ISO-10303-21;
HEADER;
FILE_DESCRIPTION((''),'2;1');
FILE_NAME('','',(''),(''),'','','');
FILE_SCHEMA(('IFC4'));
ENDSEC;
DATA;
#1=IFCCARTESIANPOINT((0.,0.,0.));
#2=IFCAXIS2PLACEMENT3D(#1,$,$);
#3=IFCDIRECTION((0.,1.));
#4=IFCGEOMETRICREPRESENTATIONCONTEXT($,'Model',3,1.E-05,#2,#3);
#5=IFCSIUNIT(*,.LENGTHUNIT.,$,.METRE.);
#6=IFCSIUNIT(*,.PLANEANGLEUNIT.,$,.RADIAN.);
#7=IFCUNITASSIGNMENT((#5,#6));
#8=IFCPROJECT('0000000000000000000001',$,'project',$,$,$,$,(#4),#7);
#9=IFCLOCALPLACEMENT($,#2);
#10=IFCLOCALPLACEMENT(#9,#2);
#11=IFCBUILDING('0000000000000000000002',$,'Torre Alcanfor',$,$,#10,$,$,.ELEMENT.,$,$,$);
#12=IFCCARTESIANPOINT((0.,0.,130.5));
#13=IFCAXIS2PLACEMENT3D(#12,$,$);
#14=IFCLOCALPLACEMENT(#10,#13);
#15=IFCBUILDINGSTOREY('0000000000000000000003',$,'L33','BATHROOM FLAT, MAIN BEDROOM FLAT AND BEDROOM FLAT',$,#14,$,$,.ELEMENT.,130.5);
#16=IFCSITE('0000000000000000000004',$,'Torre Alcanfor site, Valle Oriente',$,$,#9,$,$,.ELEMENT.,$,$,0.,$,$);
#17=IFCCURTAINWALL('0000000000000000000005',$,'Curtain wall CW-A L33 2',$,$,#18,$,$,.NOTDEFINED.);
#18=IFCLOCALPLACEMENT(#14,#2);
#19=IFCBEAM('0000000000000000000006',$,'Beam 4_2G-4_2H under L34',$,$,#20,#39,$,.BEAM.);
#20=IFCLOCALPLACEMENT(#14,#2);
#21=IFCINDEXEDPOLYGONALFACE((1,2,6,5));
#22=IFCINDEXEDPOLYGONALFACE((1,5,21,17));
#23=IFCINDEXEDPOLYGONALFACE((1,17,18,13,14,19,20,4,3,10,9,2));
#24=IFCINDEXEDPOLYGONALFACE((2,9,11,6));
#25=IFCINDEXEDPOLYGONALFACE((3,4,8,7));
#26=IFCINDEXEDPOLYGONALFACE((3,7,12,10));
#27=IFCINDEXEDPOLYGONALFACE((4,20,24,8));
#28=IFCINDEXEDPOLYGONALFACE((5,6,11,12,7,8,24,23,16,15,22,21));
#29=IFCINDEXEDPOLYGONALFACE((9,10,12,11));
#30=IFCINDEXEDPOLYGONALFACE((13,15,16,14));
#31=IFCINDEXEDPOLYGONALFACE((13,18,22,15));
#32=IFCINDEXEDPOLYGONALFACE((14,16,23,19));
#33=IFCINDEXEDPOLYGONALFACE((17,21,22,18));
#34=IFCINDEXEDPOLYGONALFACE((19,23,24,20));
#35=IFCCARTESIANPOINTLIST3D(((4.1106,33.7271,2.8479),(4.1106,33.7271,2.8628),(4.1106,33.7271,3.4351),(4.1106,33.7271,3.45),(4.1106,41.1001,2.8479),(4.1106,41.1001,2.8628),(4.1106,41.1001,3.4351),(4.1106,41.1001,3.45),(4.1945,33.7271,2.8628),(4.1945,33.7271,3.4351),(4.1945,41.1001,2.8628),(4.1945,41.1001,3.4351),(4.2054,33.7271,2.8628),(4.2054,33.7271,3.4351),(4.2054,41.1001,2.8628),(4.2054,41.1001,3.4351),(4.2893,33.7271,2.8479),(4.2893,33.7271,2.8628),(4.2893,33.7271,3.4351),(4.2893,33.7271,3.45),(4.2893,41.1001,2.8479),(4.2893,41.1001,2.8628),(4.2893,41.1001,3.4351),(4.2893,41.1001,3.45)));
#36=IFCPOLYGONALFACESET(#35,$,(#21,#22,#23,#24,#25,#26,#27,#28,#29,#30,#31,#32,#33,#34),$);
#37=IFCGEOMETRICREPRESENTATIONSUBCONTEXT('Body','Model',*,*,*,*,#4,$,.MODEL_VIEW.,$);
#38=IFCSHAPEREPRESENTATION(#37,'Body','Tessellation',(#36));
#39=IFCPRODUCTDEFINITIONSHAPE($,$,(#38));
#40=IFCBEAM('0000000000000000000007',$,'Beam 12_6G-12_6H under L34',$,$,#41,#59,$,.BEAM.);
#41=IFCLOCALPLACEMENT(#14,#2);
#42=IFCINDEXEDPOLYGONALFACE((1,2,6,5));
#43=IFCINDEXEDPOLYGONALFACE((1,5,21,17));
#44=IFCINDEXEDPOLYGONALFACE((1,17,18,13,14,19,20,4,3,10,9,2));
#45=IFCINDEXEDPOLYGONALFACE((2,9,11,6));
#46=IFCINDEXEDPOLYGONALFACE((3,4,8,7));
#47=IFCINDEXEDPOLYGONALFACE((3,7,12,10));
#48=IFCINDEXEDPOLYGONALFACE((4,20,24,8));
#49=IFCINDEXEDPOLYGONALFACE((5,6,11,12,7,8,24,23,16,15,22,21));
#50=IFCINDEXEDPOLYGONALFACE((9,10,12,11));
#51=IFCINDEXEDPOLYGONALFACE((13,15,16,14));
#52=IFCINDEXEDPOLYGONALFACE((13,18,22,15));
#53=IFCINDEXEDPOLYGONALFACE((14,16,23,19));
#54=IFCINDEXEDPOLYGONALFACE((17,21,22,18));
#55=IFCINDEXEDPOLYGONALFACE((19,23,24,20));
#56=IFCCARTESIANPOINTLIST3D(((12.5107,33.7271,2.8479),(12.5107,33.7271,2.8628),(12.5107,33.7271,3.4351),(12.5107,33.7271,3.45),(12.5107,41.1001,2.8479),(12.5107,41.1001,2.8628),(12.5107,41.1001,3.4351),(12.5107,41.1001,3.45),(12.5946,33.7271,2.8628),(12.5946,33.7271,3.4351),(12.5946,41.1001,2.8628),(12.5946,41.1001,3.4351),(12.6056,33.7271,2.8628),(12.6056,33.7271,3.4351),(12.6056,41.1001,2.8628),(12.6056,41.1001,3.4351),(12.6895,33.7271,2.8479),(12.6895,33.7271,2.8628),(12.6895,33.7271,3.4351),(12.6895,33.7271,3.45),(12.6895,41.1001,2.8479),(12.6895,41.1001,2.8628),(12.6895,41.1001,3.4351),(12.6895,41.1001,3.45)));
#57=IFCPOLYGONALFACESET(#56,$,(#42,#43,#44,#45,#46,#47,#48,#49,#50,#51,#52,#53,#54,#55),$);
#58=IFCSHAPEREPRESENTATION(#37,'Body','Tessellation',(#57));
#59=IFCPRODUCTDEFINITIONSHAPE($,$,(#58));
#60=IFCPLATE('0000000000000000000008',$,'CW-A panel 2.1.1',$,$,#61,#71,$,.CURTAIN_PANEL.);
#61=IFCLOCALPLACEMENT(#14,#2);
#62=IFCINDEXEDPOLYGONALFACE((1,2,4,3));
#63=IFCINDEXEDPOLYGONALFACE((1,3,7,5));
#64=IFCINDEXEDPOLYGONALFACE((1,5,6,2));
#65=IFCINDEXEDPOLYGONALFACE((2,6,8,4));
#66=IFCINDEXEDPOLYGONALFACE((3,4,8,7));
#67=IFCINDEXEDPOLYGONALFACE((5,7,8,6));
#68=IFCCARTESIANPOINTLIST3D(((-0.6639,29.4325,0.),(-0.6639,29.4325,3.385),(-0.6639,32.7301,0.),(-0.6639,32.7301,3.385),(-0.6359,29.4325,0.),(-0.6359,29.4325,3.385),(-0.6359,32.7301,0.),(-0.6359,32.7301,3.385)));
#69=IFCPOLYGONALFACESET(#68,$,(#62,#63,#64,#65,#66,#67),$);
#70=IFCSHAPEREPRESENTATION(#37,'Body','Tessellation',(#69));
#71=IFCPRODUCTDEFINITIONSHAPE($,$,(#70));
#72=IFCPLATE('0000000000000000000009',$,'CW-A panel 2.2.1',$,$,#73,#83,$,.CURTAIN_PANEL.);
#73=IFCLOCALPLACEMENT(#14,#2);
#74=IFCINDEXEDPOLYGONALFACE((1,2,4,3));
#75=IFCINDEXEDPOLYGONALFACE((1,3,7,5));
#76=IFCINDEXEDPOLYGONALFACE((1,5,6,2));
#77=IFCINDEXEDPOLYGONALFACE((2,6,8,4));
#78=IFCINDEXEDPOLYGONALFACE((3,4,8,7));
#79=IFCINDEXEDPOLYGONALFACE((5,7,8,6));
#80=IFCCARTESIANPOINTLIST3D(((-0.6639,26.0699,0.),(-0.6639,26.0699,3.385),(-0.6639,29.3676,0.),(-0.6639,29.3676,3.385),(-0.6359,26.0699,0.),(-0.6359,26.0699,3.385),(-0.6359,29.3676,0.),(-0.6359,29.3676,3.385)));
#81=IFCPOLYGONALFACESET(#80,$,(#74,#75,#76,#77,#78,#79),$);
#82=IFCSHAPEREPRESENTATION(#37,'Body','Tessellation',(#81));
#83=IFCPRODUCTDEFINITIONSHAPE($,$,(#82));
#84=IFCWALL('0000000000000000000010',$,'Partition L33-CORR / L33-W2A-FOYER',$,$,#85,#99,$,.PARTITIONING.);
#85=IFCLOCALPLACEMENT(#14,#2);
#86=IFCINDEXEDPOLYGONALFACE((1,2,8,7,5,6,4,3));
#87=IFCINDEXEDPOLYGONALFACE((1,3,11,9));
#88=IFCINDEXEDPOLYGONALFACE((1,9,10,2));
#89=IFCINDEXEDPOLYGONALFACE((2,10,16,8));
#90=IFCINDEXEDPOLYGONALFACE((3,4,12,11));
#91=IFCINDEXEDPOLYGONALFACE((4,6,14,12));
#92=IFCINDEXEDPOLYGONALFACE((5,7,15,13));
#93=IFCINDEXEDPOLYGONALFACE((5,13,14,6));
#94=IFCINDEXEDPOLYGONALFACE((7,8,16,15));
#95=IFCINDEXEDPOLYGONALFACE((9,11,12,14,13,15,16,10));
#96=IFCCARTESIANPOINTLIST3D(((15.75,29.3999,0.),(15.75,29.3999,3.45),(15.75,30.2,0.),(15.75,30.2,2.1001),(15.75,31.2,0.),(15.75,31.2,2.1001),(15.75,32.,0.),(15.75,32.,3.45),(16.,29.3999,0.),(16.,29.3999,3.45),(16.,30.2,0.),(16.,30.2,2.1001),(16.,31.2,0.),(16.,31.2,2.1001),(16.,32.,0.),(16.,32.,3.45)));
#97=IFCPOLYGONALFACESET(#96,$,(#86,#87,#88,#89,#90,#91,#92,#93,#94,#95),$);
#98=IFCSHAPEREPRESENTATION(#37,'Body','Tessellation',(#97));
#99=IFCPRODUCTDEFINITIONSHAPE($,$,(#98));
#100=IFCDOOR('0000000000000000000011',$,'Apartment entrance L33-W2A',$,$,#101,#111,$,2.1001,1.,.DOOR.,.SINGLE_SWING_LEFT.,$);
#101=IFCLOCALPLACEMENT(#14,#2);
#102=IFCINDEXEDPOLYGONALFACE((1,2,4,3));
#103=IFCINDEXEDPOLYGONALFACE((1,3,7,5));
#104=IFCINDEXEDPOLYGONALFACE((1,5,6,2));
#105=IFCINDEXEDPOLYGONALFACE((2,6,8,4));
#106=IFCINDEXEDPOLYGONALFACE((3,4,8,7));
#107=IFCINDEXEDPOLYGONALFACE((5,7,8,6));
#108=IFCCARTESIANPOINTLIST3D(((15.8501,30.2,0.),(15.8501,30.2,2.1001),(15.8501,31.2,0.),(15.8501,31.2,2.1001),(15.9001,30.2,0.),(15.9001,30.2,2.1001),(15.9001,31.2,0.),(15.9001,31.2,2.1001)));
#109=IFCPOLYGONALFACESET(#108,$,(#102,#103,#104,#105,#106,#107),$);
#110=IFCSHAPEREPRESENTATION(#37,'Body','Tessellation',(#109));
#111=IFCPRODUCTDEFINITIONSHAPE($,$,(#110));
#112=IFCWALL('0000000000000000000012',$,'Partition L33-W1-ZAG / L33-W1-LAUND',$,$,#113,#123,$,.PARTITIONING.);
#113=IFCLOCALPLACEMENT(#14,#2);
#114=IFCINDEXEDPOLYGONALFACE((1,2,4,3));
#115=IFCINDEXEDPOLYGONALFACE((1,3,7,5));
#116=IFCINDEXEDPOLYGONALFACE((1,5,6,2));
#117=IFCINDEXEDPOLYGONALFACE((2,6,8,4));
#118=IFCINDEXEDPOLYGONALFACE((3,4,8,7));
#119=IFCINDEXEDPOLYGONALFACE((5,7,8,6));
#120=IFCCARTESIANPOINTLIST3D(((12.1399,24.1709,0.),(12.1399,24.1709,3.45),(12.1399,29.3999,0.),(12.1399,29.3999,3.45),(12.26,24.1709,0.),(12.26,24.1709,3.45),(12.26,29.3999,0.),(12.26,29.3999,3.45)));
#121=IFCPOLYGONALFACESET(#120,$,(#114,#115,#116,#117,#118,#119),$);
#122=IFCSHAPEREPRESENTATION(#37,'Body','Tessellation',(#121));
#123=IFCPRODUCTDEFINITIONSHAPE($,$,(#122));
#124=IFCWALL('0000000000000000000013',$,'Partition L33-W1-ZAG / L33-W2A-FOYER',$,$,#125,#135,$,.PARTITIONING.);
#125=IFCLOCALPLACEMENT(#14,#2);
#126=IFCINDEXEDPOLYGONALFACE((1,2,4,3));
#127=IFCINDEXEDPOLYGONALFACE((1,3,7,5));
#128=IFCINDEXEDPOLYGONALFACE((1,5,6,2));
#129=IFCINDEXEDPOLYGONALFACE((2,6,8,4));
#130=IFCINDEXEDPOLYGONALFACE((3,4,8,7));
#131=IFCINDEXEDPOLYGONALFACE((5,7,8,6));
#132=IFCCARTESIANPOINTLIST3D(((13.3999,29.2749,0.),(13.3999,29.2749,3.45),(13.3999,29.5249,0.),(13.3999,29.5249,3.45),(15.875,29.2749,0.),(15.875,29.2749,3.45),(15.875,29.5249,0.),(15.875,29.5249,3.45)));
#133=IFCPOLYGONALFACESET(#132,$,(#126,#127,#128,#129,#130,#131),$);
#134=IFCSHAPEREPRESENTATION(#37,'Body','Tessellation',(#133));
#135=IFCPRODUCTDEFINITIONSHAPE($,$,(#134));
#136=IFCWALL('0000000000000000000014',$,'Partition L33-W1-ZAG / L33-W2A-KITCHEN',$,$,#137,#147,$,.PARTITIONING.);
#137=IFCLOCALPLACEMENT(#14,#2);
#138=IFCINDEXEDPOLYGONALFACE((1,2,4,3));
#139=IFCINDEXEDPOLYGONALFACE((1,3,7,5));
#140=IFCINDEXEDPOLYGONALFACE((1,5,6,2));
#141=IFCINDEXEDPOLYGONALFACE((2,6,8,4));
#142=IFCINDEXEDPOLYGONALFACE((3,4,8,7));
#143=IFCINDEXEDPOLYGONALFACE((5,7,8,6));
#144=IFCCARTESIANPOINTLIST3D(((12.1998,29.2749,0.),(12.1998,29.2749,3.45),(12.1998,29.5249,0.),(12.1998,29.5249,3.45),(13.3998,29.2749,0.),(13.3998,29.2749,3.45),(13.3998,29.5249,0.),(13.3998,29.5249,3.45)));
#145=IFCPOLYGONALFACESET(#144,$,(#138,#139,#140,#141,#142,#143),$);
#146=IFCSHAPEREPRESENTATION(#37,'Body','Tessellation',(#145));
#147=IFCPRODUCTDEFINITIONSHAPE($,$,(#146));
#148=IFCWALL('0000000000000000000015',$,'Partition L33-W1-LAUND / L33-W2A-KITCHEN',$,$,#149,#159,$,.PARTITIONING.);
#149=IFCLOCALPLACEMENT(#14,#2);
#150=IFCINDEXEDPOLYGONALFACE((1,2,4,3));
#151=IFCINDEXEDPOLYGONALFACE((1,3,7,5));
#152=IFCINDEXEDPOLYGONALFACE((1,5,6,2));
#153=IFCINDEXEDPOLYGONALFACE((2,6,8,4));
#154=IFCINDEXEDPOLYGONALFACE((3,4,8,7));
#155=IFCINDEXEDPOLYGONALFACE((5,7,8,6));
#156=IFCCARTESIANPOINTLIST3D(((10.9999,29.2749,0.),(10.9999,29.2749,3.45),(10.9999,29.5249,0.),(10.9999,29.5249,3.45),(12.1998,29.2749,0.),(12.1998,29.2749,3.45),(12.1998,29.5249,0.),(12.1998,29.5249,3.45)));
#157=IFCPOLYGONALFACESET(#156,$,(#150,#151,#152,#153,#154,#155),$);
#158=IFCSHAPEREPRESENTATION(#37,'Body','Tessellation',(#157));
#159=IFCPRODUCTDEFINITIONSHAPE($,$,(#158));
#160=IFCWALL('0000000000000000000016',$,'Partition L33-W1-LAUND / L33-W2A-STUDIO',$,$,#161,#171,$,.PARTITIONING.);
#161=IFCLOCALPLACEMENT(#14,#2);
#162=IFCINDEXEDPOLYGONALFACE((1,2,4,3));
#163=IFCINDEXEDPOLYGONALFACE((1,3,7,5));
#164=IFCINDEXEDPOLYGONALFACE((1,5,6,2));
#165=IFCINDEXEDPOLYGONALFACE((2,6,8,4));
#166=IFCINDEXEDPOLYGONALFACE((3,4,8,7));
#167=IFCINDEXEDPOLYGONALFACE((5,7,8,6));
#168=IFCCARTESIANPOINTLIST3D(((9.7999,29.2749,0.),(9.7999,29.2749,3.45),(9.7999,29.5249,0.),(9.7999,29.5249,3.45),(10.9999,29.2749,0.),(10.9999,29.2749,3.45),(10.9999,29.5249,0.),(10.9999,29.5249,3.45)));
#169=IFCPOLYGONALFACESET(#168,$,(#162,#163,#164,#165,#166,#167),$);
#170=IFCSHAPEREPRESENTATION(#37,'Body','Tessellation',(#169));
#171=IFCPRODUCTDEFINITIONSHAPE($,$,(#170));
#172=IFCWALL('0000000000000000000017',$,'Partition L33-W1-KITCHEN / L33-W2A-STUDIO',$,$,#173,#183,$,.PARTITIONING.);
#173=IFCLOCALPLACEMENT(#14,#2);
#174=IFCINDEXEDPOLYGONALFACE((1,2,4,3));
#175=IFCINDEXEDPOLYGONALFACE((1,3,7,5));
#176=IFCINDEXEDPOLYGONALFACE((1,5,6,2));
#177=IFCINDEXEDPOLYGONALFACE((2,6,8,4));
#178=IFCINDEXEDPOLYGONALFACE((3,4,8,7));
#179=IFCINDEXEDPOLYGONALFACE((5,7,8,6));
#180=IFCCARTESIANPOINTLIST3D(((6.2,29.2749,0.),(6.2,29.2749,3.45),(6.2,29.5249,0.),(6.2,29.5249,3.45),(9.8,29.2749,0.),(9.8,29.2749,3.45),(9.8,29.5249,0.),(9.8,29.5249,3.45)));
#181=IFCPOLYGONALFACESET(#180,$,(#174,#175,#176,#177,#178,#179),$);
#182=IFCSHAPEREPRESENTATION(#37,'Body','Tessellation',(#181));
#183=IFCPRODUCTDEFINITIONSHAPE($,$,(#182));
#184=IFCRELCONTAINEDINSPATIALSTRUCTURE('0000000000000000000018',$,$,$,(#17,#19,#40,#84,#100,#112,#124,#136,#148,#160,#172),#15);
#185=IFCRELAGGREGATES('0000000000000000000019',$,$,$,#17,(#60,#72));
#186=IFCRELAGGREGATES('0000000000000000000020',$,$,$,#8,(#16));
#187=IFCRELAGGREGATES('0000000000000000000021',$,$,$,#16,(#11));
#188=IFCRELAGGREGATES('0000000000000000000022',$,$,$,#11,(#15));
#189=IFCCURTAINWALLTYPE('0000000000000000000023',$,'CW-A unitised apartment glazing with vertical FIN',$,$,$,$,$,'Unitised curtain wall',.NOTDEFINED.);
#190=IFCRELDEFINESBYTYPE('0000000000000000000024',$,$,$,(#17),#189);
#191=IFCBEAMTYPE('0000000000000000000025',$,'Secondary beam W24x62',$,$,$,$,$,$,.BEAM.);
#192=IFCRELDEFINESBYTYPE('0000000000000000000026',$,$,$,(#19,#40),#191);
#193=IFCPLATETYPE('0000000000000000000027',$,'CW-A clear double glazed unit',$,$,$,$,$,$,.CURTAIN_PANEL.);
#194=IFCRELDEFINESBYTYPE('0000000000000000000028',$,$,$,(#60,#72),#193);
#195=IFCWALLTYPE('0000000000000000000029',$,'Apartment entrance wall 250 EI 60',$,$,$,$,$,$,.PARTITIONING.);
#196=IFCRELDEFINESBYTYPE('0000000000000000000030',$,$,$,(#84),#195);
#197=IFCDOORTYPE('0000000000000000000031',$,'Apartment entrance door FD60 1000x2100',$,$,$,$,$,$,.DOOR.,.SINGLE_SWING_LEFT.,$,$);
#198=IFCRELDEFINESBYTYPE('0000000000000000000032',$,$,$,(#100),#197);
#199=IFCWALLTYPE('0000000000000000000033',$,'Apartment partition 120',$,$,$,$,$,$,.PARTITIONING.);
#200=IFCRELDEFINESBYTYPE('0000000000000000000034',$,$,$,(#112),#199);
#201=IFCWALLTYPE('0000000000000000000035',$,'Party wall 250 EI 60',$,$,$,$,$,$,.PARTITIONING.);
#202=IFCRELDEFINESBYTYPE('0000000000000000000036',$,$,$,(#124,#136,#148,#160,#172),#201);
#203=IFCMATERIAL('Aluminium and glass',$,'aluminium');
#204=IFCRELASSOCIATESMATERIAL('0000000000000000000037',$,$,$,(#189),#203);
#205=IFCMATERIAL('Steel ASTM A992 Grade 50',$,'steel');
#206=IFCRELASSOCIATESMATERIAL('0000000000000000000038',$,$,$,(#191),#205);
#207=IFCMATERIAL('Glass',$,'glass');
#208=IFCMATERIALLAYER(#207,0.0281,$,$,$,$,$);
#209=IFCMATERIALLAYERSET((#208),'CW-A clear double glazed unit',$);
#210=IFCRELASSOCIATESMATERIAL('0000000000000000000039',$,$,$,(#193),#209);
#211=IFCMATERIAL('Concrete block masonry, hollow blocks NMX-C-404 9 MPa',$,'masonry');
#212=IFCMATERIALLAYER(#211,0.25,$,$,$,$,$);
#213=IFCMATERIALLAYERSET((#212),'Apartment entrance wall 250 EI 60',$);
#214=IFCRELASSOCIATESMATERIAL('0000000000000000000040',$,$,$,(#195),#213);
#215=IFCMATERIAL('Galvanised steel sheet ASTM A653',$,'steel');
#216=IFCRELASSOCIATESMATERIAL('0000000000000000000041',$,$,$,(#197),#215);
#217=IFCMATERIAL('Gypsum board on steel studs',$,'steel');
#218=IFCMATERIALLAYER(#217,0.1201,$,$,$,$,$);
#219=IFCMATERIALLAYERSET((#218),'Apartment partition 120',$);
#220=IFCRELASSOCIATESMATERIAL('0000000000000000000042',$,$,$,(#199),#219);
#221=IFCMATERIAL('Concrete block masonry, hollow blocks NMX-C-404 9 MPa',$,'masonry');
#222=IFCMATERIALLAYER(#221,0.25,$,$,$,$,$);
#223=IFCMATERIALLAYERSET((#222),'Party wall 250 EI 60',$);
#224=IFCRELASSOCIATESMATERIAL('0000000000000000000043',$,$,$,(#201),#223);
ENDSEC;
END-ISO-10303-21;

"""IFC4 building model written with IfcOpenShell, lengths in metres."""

from ifc_helpers import new_model, si_unit, direction, frame, frame_2d, origin, origin_2d, place, context, subcontext, project, spatial, rectangle, i_section, extrude, material, layer, layer_set, material_profile, profile_set, type_object, element, fill, aggregate, save


model = new_model("IFC4")

# Units and contexts
model_context = context("Model", 3, precision=1e-05, world=origin(), true_north=direction((0.0, 1.0)))
body_context = subcontext(model_context, "Body", "Model", "MODEL_VIEW")
ifc_project = project(units=[si_unit("LENGTHUNIT", "METRE"), si_unit("PLANEANGLEUNIT", "RADIAN")], contexts=[model_context])

# Site, building, storey
site_placement = place(None, origin())
site = spatial("IfcSite", under=ifc_project, at=site_placement, Name="Torre Alcanfor site, Valle Oriente", CompositionType="ELEMENT", RefElevation=0.0)
building_placement = place(site_placement, origin())
building = spatial("IfcBuilding", under=site, at=building_placement, Name="Torre Alcanfor", CompositionType="ELEMENT")
storey_placement = place(building_placement, frame((0.0, 0.0, 130.5)))
storey = spatial("IfcBuildingStorey", under=building, at=storey_placement, Name="L33", Description="BATHROOM FLAT, MAIN BEDROOM FLAT AND BEDROOM FLAT", CompositionType="ELEMENT", Elevation=130.5)

# Curtain wall
ifc_material_1 = material(Name="Aluminium and glass", Category="aluminium")
curtain_wall_type = type_object("IfcCurtainWallType", Name="CW-A unitised apartment glazing with vertical FIN", ElementType="Unitised curtain wall", PredefinedType="NOTDEFINED", material=ifc_material_1)
curtain_wall_placement = place(storey_placement, origin())
curtain_wall = element("IfcCurtainWall", 1, at=curtain_wall_placement, inside=storey, type_object=curtain_wall_type, Name="Curtain wall CW-A L33 2", PredefinedType="NOTDEFINED")

# Beams
ifc_material_2 = material(Name="Steel ASTM A992 Grade 50", Category="steel")
ifc_material_profile_1 = material_profile(ifc_material_2, i_section(OverallWidth=0.1787, OverallDepth=0.6021, WebThickness=0.011, FlangeThickness=0.0149, at=origin_2d()), Name="W24x62")
ifc_profile_set_1 = profile_set([ifc_material_profile_1], Name="Steel ASTM A992 Grade 50")
beam_type_1 = type_object("IfcBeamType", Name="Secondary beam W24x62", PredefinedType="BEAM", material=ifc_profile_set_1)
for number, where, z_axis, x_axis, name in (
    (2, (4.2, 33.7271, 3.1489), (0.0, 1.0, 0.0), (-1.0, 0.0, 0.0), "Beam 4_2G-4_2H under L34"),
    (3, (12.6001, 33.7271, 3.1489), (0.0, 1.0, 0.0), (-1.0, 0.0, 0.0), "Beam 12_6G-12_6H under L34"),
):
    element("IfcBeam", number, at=place(storey_placement, frame(where, z_axis=z_axis, x_axis=x_axis)), inside=storey, type_object=beam_type_1, Name=name, PredefinedType="BEAM", context=body_context, shape_type="SweptSolid", body=[
        extrude(i_section(OverallWidth=0.1787, OverallDepth=0.6021, WebThickness=0.011, FlangeThickness=0.0149, at=origin_2d()), origin(), (0.0, 0.0, 1.0), 7.373),
    ])

# Plates
ifc_material_3 = material(Name="Glass", Category="glass")
ifc_layer_1 = layer(ifc_material_3, 0.0281)
ifc_layer_set_1 = layer_set([ifc_layer_1], Name="CW-A clear double glazed unit")
plate_type = type_object("IfcPlateType", Name="CW-A clear double glazed unit", PredefinedType="CURTAIN_PANEL", material=ifc_layer_set_1)
plate_1_placement = place(storey_placement, frame((-0.6499, 31.0813, 0.0), z_axis=(0.0, 0.0, 1.0), x_axis=(0.0, -1.0, 0.0)))
plate_1 = element("IfcPlate", 4, at=plate_1_placement, type_object=plate_type, Name="CW-A panel 2.1.1", PredefinedType="CURTAIN_PANEL", context=body_context, shape_type="SweptSolid", body=[
    extrude(rectangle(XDim=3.2976, YDim=0.0281, at=origin_2d()), origin(), (0.0, 0.0, 1.0), 3.385),
])
plate_2_placement = place(storey_placement, frame((-0.6499, 27.7188, 0.0), z_axis=(0.0, 0.0, 1.0), x_axis=(0.0, -1.0, 0.0)))
plate_2 = element("IfcPlate", 5, at=plate_2_placement, type_object=plate_type, Name="CW-A panel 2.2.1", PredefinedType="CURTAIN_PANEL", context=body_context, shape_type="SweptSolid", body=[
    extrude(rectangle(XDim=3.2976, YDim=0.0281, at=origin_2d()), origin(), (0.0, 0.0, 1.0), 3.385),
])
aggregate(curtain_wall, [plate_1, plate_2])

# Wall, opening, door
ifc_material_4 = material(Name="Concrete block masonry, hollow blocks NMX-C-404 9 MPa", Category="masonry")
ifc_layer_2 = layer(ifc_material_4, 0.25)
ifc_layer_set_2 = layer_set([ifc_layer_2], Name="Apartment entrance wall 250 EI 60")
wall_type_1 = type_object("IfcWallType", Name="Apartment entrance wall 250 EI 60", PredefinedType="PARTITIONING", material=ifc_layer_set_2)
wall_1_placement = place(storey_placement, frame((15.875, 29.3999, 0.0), z_axis=(0.0, 0.0, 1.0), x_axis=(0.0, 1.0, 0.0)))
wall_1 = element("IfcWall", 6, at=wall_1_placement, inside=storey, type_object=wall_type_1, Name="Partition L33-CORR / L33-W2A-FOYER", PredefinedType="PARTITIONING", context=body_context, shape_type="SweptSolid", body=[
    extrude(rectangle(XDim=2.6001, YDim=0.25, at=frame_2d((1.3, 0.0))), origin(), (0.0, 0.0, 1.0), 3.45),
])
opening_1_placement = place(wall_1_placement, frame((0.8, 0.0, 0.0)))
opening_1 = element("IfcOpeningElement", 7, at=opening_1_placement, cuts=wall_1, PredefinedType="OPENING", context=body_context, shape_type="SweptSolid", body=[
    extrude(rectangle(XDim=1.0, YDim=2.1001, at=frame_2d((0.5, 1.05))), frame((0.0, 0.135, 0.0), z_axis=(0.0, -1.0, 0.0), x_axis=(1.0, 0.0, 0.0)), (0.0, 0.0, 1.0), 0.27),
])
ifc_material_5 = material(Name="Galvanised steel sheet ASTM A653", Category="steel")
door_type_1 = type_object("IfcDoorType", Name="Apartment entrance door FD60 1000x2100", OperationType="SINGLE_SWING_LEFT", PredefinedType="DOOR", material=ifc_material_5)
door_1_placement = place(opening_1_placement, origin())
door_1 = element("IfcDoor", 8, at=door_1_placement, inside=storey, type_object=door_type_1, Name="Apartment entrance L33-W2A", OperationType="SINGLE_SWING_LEFT", OverallHeight=2.1001, OverallWidth=1.0, PredefinedType="DOOR", context=body_context, shape_type="SweptSolid", body=[
    extrude(rectangle(XDim=1.0, YDim=2.1001, at=frame_2d((0.5, 1.05))), frame((0.0, 0.0249, 0.0), z_axis=(0.0, -1.0, 0.0), x_axis=(1.0, 0.0, 0.0)), (0.0, 0.0, 1.0), 0.05),
])
fill(opening_1, door_1)

# Walls
ifc_material_6 = material(Name="Gypsum board on steel studs", Category="steel")
ifc_layer_3 = layer(ifc_material_6, 0.1201)
ifc_layer_set_3 = layer_set([ifc_layer_3], Name="Apartment partition 120")
wall_type_2 = type_object("IfcWallType", Name="Apartment partition 120", PredefinedType="PARTITIONING", material=ifc_layer_set_3)
wall_2_placement = place(storey_placement, frame((12.2, 29.3999, 0.0), z_axis=(0.0, 0.0, 1.0), x_axis=(0.0, -1.0, 0.0)))
element("IfcWall", 9, at=wall_2_placement, inside=storey, type_object=wall_type_2, Name="Partition L33-W1-ZAG / L33-W1-LAUND", PredefinedType="PARTITIONING", context=body_context, shape_type="SweptSolid", body=[
    extrude(rectangle(XDim=5.229, YDim=0.1201, at=frame_2d((2.6145, 0.0))), origin(), (0.0, 0.0, 1.0), 3.45),
])
ifc_material_7 = material(Name="Concrete block masonry, hollow blocks NMX-C-404 9 MPa", Category="masonry")
ifc_layer_4 = layer(ifc_material_7, 0.25)
ifc_layer_set_4 = layer_set([ifc_layer_4], Name="Party wall 250 EI 60")
wall_type_3 = type_object("IfcWallType", Name="Party wall 250 EI 60", PredefinedType="PARTITIONING", material=ifc_layer_set_4)
wall_3_placement = place(storey_placement, frame((15.875, 29.3999, 0.0), z_axis=(0.0, 0.0, 1.0), x_axis=(-1.0, 0.0, 0.0)))
element("IfcWall", 10, at=wall_3_placement, inside=storey, type_object=wall_type_3, Name="Partition L33-W1-ZAG / L33-W2A-FOYER", PredefinedType="PARTITIONING", context=body_context, shape_type="SweptSolid", body=[
    extrude(rectangle(XDim=2.4751, YDim=0.25, at=frame_2d((1.2375, 0.0))), origin(), (0.0, 0.0, 1.0), 3.45),
])
for number, where, z_axis, x_axis, name in (
    (11, (13.3999, 29.3999, 0.0), (0.0, 0.0, 1.0), (-1.0, 0.0, 0.0), "Partition L33-W1-ZAG / L33-W2A-KITCHEN"),
    (12, (12.2, 29.3999, 0.0), (0.0, 0.0, 1.0), (-1.0, 0.0, 0.0), "Partition L33-W1-LAUND / L33-W2A-KITCHEN"),
    (13, (11.0, 29.3999, 0.0), (0.0, 0.0, 1.0), (-1.0, 0.0, 0.0), "Partition L33-W1-LAUND / L33-W2A-STUDIO"),
):
    element("IfcWall", number, at=place(storey_placement, frame(where, z_axis=z_axis, x_axis=x_axis)), inside=storey, type_object=wall_type_3, Name=name, PredefinedType="PARTITIONING", context=body_context, shape_type="SweptSolid", body=[
        extrude(rectangle(XDim=1.2, YDim=0.25, at=frame_2d((0.6001, 0.0))), origin(), (0.0, 0.0, 1.0), 3.45),
    ])
wall_4_placement = place(storey_placement, frame((9.8, 29.3999, 0.0), z_axis=(0.0, 0.0, 1.0), x_axis=(-1.0, 0.0, 0.0)))
element("IfcWall", 14, at=wall_4_placement, inside=storey, type_object=wall_type_3, Name="Partition L33-W1-KITCHEN / L33-W2A-STUDIO", PredefinedType="PARTITIONING", context=body_context, shape_type="SweptSolid", body=[
    extrude(rectangle(XDim=3.6001, YDim=0.25, at=frame_2d((1.8, 0.0))), origin(), (0.0, 0.0, 1.0), 3.45),
])

save(model, "model.ifc")
